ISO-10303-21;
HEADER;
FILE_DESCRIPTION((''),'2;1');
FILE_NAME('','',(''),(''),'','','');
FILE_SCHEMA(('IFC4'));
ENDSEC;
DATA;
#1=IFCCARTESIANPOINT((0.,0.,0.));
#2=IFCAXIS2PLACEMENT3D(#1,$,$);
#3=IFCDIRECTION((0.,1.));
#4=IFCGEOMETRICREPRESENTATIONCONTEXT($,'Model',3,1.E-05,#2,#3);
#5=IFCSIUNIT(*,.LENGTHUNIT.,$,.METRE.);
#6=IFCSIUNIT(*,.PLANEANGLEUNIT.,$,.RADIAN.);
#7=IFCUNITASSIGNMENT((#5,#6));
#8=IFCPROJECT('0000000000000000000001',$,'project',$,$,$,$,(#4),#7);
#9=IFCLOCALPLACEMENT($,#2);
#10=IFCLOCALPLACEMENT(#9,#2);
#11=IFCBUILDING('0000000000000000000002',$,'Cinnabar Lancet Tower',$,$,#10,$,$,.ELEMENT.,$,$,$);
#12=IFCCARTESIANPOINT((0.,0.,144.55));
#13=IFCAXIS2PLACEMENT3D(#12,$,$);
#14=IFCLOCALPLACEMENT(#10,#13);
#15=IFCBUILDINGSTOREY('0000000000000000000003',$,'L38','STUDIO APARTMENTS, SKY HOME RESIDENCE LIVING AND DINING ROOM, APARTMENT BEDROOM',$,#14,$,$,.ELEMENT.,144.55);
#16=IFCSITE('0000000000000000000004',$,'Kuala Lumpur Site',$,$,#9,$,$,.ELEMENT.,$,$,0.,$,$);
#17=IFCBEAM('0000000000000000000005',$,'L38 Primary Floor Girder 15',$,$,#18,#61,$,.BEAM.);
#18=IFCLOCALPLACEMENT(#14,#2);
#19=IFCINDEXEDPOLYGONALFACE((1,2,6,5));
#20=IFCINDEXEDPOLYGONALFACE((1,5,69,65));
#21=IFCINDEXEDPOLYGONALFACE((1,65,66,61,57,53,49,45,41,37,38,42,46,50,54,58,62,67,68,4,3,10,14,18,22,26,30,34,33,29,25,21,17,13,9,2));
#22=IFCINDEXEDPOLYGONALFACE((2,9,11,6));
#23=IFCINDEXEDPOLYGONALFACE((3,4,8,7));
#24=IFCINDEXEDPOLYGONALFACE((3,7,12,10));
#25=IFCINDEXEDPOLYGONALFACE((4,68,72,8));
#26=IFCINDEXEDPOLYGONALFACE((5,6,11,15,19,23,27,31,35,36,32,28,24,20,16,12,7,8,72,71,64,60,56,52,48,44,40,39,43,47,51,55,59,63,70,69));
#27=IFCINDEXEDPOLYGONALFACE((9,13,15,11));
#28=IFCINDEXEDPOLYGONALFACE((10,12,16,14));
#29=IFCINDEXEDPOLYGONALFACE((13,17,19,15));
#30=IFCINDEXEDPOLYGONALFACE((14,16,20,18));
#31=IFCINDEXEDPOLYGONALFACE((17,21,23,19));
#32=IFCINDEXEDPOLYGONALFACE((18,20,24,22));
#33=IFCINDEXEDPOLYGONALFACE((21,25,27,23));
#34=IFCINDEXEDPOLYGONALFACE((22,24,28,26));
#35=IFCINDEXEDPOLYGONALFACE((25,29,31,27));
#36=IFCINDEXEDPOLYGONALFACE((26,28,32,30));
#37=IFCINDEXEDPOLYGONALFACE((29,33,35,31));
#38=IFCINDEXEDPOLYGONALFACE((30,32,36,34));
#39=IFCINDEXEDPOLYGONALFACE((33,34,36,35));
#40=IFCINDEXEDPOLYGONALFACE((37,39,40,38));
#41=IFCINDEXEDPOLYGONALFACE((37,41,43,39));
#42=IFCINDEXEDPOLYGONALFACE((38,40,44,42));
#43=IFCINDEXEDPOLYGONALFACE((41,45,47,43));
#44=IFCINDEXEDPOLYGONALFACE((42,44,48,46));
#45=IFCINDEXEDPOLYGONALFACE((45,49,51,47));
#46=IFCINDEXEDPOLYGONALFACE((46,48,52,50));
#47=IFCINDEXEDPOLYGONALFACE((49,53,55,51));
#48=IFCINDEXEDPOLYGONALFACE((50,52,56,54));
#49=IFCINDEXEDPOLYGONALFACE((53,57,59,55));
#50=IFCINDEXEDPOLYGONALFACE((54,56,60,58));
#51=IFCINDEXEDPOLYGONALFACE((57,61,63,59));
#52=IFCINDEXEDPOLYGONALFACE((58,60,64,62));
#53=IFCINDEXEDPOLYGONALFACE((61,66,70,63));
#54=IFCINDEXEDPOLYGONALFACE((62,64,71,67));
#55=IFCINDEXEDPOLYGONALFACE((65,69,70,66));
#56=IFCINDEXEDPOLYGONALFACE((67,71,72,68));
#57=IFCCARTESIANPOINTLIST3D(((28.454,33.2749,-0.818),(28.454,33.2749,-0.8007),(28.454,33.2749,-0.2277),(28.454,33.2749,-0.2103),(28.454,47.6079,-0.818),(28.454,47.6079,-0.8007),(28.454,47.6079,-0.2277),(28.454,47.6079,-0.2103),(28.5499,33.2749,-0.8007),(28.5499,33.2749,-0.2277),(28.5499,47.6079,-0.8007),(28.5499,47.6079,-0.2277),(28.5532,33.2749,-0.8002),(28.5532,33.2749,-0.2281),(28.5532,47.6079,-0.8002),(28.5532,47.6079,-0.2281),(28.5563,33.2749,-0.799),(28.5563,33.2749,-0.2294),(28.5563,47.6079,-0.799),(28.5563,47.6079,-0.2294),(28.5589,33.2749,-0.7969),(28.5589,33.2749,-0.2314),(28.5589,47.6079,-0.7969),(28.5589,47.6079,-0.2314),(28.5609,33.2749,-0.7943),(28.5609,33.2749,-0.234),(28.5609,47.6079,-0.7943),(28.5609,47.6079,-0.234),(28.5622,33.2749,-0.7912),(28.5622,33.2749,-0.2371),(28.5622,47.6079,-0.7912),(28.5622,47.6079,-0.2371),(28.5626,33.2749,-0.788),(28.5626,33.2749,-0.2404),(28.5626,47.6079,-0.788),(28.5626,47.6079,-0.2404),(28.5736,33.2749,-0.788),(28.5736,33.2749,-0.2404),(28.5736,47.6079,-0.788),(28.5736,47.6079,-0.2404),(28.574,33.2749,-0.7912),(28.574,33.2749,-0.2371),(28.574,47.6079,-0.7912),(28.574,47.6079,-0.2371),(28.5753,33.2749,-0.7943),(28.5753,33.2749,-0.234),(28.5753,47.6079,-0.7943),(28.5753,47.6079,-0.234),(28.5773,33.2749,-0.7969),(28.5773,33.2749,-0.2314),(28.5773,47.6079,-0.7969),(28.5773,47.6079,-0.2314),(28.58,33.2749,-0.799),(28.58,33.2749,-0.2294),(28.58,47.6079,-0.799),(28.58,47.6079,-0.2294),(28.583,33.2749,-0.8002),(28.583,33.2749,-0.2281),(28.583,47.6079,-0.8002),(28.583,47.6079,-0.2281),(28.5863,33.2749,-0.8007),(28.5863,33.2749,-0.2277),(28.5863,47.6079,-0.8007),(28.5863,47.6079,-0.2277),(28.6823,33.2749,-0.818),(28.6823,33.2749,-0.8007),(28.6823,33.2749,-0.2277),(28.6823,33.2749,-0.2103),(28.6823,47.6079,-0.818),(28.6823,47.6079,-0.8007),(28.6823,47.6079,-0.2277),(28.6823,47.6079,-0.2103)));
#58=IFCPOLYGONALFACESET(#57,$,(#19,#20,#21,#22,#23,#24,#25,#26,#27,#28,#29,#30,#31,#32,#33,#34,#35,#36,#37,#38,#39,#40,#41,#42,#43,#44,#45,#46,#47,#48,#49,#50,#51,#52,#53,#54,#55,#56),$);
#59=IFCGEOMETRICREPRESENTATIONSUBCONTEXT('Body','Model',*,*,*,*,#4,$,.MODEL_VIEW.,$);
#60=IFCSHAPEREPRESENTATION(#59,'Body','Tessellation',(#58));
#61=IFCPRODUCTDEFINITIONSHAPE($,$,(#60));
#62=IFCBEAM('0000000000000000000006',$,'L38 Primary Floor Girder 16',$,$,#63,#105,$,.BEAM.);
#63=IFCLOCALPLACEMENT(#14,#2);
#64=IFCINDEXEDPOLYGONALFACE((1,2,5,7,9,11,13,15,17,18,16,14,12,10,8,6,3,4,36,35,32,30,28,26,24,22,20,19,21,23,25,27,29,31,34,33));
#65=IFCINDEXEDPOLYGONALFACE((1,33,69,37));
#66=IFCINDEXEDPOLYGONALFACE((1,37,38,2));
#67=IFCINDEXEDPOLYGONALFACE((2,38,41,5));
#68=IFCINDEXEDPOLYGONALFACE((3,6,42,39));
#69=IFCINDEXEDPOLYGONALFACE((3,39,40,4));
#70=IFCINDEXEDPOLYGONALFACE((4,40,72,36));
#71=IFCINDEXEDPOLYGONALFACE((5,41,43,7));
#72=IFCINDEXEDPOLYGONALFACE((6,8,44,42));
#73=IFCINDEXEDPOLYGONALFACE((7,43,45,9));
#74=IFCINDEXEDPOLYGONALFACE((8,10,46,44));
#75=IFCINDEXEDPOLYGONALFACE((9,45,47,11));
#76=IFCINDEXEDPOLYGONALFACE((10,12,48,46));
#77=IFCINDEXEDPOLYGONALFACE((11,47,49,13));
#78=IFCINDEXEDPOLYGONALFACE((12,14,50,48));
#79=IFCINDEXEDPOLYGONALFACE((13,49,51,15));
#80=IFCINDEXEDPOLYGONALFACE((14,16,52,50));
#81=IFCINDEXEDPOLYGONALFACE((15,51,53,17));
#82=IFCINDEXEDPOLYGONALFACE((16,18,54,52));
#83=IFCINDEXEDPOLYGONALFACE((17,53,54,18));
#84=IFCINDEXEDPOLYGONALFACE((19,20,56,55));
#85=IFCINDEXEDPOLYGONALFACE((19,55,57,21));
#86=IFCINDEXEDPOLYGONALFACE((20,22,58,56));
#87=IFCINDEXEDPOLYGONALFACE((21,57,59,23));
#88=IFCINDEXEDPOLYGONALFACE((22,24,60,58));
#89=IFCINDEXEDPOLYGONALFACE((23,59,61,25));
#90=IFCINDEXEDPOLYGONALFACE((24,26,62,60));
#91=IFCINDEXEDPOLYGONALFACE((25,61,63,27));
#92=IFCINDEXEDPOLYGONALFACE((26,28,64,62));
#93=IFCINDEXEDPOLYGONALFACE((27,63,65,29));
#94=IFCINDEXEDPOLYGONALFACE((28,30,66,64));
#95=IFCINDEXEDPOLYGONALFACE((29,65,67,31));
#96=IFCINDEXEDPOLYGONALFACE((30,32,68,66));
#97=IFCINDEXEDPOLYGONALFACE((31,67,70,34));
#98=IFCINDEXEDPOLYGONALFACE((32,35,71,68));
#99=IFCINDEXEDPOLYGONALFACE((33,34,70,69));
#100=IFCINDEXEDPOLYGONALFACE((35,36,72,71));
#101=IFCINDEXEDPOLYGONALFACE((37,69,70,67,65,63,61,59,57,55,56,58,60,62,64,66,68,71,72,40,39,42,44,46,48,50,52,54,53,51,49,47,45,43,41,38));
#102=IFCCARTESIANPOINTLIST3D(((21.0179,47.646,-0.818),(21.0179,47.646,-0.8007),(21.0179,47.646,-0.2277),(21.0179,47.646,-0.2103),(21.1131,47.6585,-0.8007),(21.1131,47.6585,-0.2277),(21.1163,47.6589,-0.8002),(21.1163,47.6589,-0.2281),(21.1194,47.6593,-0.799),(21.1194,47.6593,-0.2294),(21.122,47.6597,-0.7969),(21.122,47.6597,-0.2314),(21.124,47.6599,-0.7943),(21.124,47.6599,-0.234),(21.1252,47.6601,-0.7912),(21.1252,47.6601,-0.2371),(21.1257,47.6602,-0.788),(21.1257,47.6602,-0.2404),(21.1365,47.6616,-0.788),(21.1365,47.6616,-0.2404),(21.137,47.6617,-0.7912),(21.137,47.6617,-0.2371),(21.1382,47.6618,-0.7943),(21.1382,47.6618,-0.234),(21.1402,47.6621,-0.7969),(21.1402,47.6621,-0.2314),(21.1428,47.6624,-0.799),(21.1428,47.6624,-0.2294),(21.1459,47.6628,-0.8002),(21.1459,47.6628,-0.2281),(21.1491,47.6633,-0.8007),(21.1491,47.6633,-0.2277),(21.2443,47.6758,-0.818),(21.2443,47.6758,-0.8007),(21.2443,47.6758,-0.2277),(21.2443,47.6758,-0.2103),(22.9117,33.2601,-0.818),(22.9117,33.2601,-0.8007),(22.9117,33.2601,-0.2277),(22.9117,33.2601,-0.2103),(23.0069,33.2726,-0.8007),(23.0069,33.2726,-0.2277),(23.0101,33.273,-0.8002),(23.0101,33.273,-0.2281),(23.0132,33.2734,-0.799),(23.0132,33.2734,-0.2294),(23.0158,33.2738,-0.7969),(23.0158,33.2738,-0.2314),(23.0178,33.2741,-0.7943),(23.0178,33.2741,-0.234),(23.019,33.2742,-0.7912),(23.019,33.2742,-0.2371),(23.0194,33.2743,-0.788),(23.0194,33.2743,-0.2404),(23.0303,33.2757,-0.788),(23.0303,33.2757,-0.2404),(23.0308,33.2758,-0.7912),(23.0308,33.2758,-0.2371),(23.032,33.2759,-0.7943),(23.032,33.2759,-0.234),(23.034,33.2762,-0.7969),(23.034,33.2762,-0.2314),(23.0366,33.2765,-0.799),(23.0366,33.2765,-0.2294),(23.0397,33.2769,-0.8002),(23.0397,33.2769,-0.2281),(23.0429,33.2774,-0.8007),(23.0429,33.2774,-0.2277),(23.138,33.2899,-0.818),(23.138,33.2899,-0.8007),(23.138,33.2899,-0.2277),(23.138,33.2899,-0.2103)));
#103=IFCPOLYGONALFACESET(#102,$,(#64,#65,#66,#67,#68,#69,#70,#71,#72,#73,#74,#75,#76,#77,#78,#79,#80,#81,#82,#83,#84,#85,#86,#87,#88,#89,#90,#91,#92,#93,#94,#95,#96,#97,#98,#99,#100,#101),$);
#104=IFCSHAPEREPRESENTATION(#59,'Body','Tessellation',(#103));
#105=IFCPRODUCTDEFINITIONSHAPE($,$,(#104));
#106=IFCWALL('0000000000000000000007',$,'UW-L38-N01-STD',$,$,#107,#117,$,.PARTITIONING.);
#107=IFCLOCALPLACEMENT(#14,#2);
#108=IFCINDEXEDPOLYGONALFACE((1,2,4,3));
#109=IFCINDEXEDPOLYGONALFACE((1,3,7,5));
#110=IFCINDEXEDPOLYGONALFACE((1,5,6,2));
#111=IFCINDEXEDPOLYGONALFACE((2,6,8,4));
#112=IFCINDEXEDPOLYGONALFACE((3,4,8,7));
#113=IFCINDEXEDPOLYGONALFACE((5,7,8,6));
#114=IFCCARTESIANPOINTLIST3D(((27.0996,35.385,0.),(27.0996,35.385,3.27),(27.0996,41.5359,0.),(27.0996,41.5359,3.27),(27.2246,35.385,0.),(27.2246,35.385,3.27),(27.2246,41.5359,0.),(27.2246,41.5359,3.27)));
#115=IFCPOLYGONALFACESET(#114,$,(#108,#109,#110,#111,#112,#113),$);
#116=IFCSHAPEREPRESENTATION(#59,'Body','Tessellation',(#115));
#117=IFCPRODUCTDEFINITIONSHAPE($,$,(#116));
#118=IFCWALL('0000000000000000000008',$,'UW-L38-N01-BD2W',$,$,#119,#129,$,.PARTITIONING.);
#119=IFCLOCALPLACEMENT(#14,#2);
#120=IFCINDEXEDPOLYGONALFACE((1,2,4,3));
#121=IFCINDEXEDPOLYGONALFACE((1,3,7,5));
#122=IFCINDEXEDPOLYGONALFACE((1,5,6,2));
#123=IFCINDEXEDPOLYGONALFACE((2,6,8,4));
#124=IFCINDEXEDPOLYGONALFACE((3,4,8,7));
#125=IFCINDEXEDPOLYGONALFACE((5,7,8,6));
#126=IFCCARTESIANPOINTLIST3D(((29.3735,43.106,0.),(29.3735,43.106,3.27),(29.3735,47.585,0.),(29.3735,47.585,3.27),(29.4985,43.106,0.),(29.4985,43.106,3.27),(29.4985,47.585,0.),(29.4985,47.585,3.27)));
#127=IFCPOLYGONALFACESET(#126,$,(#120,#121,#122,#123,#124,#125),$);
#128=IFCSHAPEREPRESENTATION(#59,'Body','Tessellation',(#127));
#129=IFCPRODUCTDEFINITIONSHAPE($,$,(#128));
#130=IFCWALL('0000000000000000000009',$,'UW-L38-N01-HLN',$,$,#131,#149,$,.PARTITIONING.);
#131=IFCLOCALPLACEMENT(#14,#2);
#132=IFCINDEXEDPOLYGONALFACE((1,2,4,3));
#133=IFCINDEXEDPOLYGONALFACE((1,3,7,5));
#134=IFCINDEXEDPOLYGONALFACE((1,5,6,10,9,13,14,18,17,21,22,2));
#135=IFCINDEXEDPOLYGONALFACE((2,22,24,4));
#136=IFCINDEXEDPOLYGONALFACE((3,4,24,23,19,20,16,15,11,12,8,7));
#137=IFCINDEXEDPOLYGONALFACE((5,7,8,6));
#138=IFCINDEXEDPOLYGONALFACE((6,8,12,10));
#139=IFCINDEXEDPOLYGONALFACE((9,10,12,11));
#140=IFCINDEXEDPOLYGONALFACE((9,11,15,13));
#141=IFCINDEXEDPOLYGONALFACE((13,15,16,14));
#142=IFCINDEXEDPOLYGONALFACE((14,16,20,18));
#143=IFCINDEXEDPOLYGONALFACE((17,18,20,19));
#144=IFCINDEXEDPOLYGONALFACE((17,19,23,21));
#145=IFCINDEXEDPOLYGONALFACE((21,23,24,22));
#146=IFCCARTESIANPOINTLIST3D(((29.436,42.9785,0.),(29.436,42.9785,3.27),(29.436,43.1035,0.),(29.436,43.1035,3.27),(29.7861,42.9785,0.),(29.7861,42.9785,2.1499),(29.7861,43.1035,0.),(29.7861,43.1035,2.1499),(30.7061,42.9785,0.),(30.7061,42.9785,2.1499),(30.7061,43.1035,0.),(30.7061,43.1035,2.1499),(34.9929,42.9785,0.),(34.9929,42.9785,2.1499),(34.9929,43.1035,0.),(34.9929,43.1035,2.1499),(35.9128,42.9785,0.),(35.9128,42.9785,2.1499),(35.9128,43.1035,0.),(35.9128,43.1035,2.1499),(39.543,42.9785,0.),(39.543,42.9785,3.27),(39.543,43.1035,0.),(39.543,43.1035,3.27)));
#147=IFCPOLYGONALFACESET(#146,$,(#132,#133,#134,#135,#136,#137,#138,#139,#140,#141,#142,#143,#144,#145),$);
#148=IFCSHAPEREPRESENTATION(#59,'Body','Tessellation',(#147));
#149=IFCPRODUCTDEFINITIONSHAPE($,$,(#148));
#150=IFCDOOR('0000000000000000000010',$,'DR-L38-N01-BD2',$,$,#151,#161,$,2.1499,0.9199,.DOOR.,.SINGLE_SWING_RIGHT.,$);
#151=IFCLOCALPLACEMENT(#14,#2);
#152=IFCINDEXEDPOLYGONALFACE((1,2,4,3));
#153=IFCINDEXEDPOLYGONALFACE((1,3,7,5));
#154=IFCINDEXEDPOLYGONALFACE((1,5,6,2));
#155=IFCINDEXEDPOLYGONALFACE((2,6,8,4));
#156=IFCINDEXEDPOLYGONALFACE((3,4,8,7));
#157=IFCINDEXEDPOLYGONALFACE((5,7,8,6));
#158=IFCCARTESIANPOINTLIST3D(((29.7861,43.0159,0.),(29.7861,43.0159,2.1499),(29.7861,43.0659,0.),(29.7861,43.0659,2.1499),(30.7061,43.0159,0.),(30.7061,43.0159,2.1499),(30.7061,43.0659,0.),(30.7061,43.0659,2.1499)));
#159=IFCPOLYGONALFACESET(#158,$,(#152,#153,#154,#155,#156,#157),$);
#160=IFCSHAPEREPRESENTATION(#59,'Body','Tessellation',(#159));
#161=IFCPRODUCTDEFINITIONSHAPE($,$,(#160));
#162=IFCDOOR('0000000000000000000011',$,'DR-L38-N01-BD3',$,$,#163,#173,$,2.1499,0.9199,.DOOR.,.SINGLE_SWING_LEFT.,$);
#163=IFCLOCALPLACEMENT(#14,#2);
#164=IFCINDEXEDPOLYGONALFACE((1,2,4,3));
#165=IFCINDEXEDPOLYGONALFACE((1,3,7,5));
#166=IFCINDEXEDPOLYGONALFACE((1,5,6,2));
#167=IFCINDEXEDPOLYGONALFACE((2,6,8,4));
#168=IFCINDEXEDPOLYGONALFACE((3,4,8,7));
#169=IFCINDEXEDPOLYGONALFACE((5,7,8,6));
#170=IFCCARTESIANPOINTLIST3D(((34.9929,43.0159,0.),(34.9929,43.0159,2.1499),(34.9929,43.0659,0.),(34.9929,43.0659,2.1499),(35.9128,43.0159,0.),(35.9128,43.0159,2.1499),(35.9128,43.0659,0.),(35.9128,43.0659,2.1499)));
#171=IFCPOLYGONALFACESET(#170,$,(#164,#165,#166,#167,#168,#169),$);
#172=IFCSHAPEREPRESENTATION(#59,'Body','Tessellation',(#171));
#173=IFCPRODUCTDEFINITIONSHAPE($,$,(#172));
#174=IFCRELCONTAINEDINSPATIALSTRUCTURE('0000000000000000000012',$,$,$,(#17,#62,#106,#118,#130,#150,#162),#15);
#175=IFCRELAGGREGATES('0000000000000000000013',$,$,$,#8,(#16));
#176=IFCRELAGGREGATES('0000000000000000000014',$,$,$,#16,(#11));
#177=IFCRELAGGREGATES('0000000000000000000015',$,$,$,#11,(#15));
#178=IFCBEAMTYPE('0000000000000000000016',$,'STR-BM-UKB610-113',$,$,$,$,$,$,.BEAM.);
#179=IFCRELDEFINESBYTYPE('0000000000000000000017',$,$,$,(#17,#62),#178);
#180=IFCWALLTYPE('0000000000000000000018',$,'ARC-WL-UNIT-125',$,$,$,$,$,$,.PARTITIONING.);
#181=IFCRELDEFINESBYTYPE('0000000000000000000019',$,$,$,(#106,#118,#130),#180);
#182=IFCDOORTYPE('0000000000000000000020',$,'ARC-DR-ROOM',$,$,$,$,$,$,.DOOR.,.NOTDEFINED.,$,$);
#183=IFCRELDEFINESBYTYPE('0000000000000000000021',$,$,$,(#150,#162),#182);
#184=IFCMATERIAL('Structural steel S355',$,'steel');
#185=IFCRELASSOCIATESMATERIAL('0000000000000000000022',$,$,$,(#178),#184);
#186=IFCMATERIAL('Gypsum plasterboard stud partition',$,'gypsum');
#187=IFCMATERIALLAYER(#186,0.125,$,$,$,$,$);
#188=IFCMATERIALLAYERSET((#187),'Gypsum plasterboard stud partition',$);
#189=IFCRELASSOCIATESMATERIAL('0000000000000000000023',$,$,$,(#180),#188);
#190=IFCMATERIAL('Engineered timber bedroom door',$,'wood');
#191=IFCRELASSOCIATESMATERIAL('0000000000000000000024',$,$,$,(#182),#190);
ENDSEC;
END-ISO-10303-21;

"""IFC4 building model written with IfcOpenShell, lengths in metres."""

from ifc_helpers import new_model, si_unit, direction, frame, frame_2d, origin, origin_2d, place, context, subcontext, project, spatial, rectangle, i_section, extrude, material, layer, layer_set, material_profile, profile_set, type_object, element, fill, save


model = new_model("IFC4")

# Units and contexts
model_context = context("Model", 3, precision=1e-05, world=origin(), true_north=direction((0.0, 1.0)))
body_context = subcontext(model_context, "Body", "Model", "MODEL_VIEW")
ifc_project = project(units=[si_unit("LENGTHUNIT", "METRE"), si_unit("PLANEANGLEUNIT", "RADIAN")], contexts=[model_context])

# Site, building, storey
site_placement = place(None, origin())
site = spatial("IfcSite", under=ifc_project, at=site_placement, Name="Kuala Lumpur Site", CompositionType="ELEMENT", RefElevation=0.0)
building_placement = place(site_placement, origin())
building = spatial("IfcBuilding", under=site, at=building_placement, Name="Cinnabar Lancet Tower", CompositionType="ELEMENT")
storey_placement = place(building_placement, frame((0.0, 0.0, 144.55)))
storey = spatial("IfcBuildingStorey", under=building, at=storey_placement, Name="L38", Description="STUDIO APARTMENTS, SKY HOME RESIDENCE LIVING AND DINING ROOM, APARTMENT BEDROOM", CompositionType="ELEMENT", Elevation=144.55)

# Beams
ifc_material_1 = material(Name="Structural steel S355", Category="steel")
ifc_material_profile_1 = material_profile(ifc_material_1, i_section(OverallWidth=0.2283, OverallDepth=0.6077, WebThickness=0.011, FlangeThickness=0.0173, FilletRadius=0.0127, at=origin_2d()), Name="UKB 610x229x113")
ifc_profile_set_1 = profile_set([ifc_material_profile_1], Name="Structural steel S355")
beam_type_1 = type_object("IfcBeamType", Name="STR-BM-UKB610-113", PredefinedType="BEAM", material=ifc_profile_set_1)
beam_1_placement = place(storey_placement, frame((28.5681, 47.6079, -0.5142), z_axis=(0.0, -1.0, 0.0), x_axis=(1.0, 0.0, 0.0)))
element("IfcBeam", 1, at=beam_1_placement, inside=storey, type_object=beam_type_1, Name="L38 Primary Floor Girder 15", PredefinedType="BEAM", context=body_context, shape_type="SweptSolid", body=[
    extrude(i_section(OverallWidth=0.2283, OverallDepth=0.6077, WebThickness=0.011, FlangeThickness=0.0173, FilletRadius=0.0127, at=origin_2d()), origin(), (0.0, 0.0, 1.0), 14.333),
])
beam_2_placement = place(storey_placement, frame((21.1311, 47.6609, -0.5142), z_axis=(0.130516, -0.991446, 0.0), x_axis=(0.991446, 0.130516, 0.0)))
element("IfcBeam", 2, at=beam_2_placement, inside=storey, type_object=beam_type_1, Name="L38 Primary Floor Girder 16", PredefinedType="BEAM", context=body_context, shape_type="SweptSolid", body=[
    extrude(i_section(OverallWidth=0.2283, OverallDepth=0.6077, WebThickness=0.011, FlangeThickness=0.0173, FilletRadius=0.0127, at=origin_2d()), origin(), (0.0, 0.0, 1.0), 14.51),
])

# Walls
ifc_material_2 = material(Name="Gypsum plasterboard stud partition", Category="gypsum")
ifc_layer_1 = layer(ifc_material_2, 0.125)
ifc_layer_set_1 = layer_set([ifc_layer_1], Name="Gypsum plasterboard stud partition")
wall_type_1 = type_object("IfcWallType", Name="ARC-WL-UNIT-125", PredefinedType="PARTITIONING", material=ifc_layer_set_1)
wall_1_placement = place(storey_placement, frame((27.1621, 35.385, 0.0), z_axis=(0.0, 0.0, 1.0), x_axis=(0.0, 1.0, 0.0)))
element("IfcWall", 3, at=wall_1_placement, inside=storey, type_object=wall_type_1, Name="UW-L38-N01-STD", PredefinedType="PARTITIONING", context=body_context, shape_type="SweptSolid", body=[
    extrude(rectangle(XDim=6.1509, YDim=0.125, at=frame_2d((3.0754, 0.0))), origin(), (0.0, 0.0, 1.0), 3.27),
])
wall_2_placement = place(storey_placement, frame((29.436, 43.106, 0.0), z_axis=(0.0, 0.0, 1.0), x_axis=(0.0, 1.0, 0.0)))
element("IfcWall", 4, at=wall_2_placement, inside=storey, type_object=wall_type_1, Name="UW-L38-N01-BD2W", PredefinedType="PARTITIONING", context=body_context, shape_type="SweptSolid", body=[
    extrude(rectangle(XDim=4.479, YDim=0.125, at=frame_2d((2.2395, 0.0))), origin(), (0.0, 0.0, 1.0), 3.27),
])

# Wall, openings, doors
wall_3_placement = place(storey_placement, frame((29.436, 43.041, 0.0), z_axis=(0.0, 0.0, 1.0), x_axis=(1.0, 0.0, 0.0)))
wall_3 = element("IfcWall", 5, at=wall_3_placement, inside=storey, type_object=wall_type_1, Name="UW-L38-N01-HLN", PredefinedType="PARTITIONING", context=body_context, shape_type="SweptSolid", body=[
    extrude(rectangle(XDim=10.1069, YDim=0.125, at=frame_2d((5.0535, 0.0))), origin(), (0.0, 0.0, 1.0), 3.27),
])
opening_1_placement = place(wall_3_placement, frame((0.3501, 0.0, 0.0)))
opening_1 = element("IfcOpeningElement", 6, at=opening_1_placement, cuts=wall_3, PredefinedType="OPENING", context=body_context, shape_type="SweptSolid", body=[
    extrude(rectangle(XDim=0.9199, YDim=2.1499, at=frame_2d((0.46, 1.075))), frame((0.0, 0.0725, 0.0), z_axis=(0.0, -1.0, 0.0), x_axis=(1.0, 0.0, 0.0)), (0.0, 0.0, 1.0), 0.145),
])
opening_2_placement = place(wall_3_placement, frame((5.5569, 0.0, 0.0)))
opening_2 = element("IfcOpeningElement", 7, at=opening_2_placement, cuts=wall_3, PredefinedType="OPENING", context=body_context, shape_type="SweptSolid", body=[
    extrude(rectangle(XDim=0.9199, YDim=2.1499, at=frame_2d((0.46, 1.075))), frame((0.0, 0.0725, 0.0), z_axis=(0.0, -1.0, 0.0), x_axis=(1.0, 0.0, 0.0)), (0.0, 0.0, 1.0), 0.145),
])
ifc_material_3 = material(Name="Engineered timber bedroom door", Category="wood")
door_type_1 = type_object("IfcDoorType", Name="ARC-DR-ROOM", OperationType="NOTDEFINED", PredefinedType="DOOR", material=ifc_material_3)
door_1_placement = place(opening_1_placement, origin())
door_1 = element("IfcDoor", 8, at=door_1_placement, inside=storey, type_object=door_type_1, Name="DR-L38-N01-BD2", OperationType="SINGLE_SWING_RIGHT", OverallHeight=2.1499, OverallWidth=0.9199, PredefinedType="DOOR", context=body_context, shape_type="SweptSolid", body=[
    extrude(rectangle(XDim=0.9199, YDim=2.1499, at=frame_2d((0.46, 1.075))), frame((0.0, 0.0249, 0.0), z_axis=(0.0, -1.0, 0.0), x_axis=(1.0, 0.0, 0.0)), (0.0, 0.0, 1.0), 0.05),
])
fill(opening_1, door_1)
door_2_placement = place(opening_2_placement, origin())
door_2 = element("IfcDoor", 9, at=door_2_placement, inside=storey, type_object=door_type_1, Name="DR-L38-N01-BD3", OperationType="SINGLE_SWING_LEFT", OverallHeight=2.1499, OverallWidth=0.9199, PredefinedType="DOOR", context=body_context, shape_type="SweptSolid", body=[
    extrude(rectangle(XDim=0.9199, YDim=2.1499, at=frame_2d((0.46, 1.075))), frame((0.0, 0.0249, 0.0), z_axis=(0.0, -1.0, 0.0), x_axis=(1.0, 0.0, 0.0)), (0.0, 0.0, 1.0), 0.05),
])
fill(opening_2, door_2)

save(model, "model.ifc")
